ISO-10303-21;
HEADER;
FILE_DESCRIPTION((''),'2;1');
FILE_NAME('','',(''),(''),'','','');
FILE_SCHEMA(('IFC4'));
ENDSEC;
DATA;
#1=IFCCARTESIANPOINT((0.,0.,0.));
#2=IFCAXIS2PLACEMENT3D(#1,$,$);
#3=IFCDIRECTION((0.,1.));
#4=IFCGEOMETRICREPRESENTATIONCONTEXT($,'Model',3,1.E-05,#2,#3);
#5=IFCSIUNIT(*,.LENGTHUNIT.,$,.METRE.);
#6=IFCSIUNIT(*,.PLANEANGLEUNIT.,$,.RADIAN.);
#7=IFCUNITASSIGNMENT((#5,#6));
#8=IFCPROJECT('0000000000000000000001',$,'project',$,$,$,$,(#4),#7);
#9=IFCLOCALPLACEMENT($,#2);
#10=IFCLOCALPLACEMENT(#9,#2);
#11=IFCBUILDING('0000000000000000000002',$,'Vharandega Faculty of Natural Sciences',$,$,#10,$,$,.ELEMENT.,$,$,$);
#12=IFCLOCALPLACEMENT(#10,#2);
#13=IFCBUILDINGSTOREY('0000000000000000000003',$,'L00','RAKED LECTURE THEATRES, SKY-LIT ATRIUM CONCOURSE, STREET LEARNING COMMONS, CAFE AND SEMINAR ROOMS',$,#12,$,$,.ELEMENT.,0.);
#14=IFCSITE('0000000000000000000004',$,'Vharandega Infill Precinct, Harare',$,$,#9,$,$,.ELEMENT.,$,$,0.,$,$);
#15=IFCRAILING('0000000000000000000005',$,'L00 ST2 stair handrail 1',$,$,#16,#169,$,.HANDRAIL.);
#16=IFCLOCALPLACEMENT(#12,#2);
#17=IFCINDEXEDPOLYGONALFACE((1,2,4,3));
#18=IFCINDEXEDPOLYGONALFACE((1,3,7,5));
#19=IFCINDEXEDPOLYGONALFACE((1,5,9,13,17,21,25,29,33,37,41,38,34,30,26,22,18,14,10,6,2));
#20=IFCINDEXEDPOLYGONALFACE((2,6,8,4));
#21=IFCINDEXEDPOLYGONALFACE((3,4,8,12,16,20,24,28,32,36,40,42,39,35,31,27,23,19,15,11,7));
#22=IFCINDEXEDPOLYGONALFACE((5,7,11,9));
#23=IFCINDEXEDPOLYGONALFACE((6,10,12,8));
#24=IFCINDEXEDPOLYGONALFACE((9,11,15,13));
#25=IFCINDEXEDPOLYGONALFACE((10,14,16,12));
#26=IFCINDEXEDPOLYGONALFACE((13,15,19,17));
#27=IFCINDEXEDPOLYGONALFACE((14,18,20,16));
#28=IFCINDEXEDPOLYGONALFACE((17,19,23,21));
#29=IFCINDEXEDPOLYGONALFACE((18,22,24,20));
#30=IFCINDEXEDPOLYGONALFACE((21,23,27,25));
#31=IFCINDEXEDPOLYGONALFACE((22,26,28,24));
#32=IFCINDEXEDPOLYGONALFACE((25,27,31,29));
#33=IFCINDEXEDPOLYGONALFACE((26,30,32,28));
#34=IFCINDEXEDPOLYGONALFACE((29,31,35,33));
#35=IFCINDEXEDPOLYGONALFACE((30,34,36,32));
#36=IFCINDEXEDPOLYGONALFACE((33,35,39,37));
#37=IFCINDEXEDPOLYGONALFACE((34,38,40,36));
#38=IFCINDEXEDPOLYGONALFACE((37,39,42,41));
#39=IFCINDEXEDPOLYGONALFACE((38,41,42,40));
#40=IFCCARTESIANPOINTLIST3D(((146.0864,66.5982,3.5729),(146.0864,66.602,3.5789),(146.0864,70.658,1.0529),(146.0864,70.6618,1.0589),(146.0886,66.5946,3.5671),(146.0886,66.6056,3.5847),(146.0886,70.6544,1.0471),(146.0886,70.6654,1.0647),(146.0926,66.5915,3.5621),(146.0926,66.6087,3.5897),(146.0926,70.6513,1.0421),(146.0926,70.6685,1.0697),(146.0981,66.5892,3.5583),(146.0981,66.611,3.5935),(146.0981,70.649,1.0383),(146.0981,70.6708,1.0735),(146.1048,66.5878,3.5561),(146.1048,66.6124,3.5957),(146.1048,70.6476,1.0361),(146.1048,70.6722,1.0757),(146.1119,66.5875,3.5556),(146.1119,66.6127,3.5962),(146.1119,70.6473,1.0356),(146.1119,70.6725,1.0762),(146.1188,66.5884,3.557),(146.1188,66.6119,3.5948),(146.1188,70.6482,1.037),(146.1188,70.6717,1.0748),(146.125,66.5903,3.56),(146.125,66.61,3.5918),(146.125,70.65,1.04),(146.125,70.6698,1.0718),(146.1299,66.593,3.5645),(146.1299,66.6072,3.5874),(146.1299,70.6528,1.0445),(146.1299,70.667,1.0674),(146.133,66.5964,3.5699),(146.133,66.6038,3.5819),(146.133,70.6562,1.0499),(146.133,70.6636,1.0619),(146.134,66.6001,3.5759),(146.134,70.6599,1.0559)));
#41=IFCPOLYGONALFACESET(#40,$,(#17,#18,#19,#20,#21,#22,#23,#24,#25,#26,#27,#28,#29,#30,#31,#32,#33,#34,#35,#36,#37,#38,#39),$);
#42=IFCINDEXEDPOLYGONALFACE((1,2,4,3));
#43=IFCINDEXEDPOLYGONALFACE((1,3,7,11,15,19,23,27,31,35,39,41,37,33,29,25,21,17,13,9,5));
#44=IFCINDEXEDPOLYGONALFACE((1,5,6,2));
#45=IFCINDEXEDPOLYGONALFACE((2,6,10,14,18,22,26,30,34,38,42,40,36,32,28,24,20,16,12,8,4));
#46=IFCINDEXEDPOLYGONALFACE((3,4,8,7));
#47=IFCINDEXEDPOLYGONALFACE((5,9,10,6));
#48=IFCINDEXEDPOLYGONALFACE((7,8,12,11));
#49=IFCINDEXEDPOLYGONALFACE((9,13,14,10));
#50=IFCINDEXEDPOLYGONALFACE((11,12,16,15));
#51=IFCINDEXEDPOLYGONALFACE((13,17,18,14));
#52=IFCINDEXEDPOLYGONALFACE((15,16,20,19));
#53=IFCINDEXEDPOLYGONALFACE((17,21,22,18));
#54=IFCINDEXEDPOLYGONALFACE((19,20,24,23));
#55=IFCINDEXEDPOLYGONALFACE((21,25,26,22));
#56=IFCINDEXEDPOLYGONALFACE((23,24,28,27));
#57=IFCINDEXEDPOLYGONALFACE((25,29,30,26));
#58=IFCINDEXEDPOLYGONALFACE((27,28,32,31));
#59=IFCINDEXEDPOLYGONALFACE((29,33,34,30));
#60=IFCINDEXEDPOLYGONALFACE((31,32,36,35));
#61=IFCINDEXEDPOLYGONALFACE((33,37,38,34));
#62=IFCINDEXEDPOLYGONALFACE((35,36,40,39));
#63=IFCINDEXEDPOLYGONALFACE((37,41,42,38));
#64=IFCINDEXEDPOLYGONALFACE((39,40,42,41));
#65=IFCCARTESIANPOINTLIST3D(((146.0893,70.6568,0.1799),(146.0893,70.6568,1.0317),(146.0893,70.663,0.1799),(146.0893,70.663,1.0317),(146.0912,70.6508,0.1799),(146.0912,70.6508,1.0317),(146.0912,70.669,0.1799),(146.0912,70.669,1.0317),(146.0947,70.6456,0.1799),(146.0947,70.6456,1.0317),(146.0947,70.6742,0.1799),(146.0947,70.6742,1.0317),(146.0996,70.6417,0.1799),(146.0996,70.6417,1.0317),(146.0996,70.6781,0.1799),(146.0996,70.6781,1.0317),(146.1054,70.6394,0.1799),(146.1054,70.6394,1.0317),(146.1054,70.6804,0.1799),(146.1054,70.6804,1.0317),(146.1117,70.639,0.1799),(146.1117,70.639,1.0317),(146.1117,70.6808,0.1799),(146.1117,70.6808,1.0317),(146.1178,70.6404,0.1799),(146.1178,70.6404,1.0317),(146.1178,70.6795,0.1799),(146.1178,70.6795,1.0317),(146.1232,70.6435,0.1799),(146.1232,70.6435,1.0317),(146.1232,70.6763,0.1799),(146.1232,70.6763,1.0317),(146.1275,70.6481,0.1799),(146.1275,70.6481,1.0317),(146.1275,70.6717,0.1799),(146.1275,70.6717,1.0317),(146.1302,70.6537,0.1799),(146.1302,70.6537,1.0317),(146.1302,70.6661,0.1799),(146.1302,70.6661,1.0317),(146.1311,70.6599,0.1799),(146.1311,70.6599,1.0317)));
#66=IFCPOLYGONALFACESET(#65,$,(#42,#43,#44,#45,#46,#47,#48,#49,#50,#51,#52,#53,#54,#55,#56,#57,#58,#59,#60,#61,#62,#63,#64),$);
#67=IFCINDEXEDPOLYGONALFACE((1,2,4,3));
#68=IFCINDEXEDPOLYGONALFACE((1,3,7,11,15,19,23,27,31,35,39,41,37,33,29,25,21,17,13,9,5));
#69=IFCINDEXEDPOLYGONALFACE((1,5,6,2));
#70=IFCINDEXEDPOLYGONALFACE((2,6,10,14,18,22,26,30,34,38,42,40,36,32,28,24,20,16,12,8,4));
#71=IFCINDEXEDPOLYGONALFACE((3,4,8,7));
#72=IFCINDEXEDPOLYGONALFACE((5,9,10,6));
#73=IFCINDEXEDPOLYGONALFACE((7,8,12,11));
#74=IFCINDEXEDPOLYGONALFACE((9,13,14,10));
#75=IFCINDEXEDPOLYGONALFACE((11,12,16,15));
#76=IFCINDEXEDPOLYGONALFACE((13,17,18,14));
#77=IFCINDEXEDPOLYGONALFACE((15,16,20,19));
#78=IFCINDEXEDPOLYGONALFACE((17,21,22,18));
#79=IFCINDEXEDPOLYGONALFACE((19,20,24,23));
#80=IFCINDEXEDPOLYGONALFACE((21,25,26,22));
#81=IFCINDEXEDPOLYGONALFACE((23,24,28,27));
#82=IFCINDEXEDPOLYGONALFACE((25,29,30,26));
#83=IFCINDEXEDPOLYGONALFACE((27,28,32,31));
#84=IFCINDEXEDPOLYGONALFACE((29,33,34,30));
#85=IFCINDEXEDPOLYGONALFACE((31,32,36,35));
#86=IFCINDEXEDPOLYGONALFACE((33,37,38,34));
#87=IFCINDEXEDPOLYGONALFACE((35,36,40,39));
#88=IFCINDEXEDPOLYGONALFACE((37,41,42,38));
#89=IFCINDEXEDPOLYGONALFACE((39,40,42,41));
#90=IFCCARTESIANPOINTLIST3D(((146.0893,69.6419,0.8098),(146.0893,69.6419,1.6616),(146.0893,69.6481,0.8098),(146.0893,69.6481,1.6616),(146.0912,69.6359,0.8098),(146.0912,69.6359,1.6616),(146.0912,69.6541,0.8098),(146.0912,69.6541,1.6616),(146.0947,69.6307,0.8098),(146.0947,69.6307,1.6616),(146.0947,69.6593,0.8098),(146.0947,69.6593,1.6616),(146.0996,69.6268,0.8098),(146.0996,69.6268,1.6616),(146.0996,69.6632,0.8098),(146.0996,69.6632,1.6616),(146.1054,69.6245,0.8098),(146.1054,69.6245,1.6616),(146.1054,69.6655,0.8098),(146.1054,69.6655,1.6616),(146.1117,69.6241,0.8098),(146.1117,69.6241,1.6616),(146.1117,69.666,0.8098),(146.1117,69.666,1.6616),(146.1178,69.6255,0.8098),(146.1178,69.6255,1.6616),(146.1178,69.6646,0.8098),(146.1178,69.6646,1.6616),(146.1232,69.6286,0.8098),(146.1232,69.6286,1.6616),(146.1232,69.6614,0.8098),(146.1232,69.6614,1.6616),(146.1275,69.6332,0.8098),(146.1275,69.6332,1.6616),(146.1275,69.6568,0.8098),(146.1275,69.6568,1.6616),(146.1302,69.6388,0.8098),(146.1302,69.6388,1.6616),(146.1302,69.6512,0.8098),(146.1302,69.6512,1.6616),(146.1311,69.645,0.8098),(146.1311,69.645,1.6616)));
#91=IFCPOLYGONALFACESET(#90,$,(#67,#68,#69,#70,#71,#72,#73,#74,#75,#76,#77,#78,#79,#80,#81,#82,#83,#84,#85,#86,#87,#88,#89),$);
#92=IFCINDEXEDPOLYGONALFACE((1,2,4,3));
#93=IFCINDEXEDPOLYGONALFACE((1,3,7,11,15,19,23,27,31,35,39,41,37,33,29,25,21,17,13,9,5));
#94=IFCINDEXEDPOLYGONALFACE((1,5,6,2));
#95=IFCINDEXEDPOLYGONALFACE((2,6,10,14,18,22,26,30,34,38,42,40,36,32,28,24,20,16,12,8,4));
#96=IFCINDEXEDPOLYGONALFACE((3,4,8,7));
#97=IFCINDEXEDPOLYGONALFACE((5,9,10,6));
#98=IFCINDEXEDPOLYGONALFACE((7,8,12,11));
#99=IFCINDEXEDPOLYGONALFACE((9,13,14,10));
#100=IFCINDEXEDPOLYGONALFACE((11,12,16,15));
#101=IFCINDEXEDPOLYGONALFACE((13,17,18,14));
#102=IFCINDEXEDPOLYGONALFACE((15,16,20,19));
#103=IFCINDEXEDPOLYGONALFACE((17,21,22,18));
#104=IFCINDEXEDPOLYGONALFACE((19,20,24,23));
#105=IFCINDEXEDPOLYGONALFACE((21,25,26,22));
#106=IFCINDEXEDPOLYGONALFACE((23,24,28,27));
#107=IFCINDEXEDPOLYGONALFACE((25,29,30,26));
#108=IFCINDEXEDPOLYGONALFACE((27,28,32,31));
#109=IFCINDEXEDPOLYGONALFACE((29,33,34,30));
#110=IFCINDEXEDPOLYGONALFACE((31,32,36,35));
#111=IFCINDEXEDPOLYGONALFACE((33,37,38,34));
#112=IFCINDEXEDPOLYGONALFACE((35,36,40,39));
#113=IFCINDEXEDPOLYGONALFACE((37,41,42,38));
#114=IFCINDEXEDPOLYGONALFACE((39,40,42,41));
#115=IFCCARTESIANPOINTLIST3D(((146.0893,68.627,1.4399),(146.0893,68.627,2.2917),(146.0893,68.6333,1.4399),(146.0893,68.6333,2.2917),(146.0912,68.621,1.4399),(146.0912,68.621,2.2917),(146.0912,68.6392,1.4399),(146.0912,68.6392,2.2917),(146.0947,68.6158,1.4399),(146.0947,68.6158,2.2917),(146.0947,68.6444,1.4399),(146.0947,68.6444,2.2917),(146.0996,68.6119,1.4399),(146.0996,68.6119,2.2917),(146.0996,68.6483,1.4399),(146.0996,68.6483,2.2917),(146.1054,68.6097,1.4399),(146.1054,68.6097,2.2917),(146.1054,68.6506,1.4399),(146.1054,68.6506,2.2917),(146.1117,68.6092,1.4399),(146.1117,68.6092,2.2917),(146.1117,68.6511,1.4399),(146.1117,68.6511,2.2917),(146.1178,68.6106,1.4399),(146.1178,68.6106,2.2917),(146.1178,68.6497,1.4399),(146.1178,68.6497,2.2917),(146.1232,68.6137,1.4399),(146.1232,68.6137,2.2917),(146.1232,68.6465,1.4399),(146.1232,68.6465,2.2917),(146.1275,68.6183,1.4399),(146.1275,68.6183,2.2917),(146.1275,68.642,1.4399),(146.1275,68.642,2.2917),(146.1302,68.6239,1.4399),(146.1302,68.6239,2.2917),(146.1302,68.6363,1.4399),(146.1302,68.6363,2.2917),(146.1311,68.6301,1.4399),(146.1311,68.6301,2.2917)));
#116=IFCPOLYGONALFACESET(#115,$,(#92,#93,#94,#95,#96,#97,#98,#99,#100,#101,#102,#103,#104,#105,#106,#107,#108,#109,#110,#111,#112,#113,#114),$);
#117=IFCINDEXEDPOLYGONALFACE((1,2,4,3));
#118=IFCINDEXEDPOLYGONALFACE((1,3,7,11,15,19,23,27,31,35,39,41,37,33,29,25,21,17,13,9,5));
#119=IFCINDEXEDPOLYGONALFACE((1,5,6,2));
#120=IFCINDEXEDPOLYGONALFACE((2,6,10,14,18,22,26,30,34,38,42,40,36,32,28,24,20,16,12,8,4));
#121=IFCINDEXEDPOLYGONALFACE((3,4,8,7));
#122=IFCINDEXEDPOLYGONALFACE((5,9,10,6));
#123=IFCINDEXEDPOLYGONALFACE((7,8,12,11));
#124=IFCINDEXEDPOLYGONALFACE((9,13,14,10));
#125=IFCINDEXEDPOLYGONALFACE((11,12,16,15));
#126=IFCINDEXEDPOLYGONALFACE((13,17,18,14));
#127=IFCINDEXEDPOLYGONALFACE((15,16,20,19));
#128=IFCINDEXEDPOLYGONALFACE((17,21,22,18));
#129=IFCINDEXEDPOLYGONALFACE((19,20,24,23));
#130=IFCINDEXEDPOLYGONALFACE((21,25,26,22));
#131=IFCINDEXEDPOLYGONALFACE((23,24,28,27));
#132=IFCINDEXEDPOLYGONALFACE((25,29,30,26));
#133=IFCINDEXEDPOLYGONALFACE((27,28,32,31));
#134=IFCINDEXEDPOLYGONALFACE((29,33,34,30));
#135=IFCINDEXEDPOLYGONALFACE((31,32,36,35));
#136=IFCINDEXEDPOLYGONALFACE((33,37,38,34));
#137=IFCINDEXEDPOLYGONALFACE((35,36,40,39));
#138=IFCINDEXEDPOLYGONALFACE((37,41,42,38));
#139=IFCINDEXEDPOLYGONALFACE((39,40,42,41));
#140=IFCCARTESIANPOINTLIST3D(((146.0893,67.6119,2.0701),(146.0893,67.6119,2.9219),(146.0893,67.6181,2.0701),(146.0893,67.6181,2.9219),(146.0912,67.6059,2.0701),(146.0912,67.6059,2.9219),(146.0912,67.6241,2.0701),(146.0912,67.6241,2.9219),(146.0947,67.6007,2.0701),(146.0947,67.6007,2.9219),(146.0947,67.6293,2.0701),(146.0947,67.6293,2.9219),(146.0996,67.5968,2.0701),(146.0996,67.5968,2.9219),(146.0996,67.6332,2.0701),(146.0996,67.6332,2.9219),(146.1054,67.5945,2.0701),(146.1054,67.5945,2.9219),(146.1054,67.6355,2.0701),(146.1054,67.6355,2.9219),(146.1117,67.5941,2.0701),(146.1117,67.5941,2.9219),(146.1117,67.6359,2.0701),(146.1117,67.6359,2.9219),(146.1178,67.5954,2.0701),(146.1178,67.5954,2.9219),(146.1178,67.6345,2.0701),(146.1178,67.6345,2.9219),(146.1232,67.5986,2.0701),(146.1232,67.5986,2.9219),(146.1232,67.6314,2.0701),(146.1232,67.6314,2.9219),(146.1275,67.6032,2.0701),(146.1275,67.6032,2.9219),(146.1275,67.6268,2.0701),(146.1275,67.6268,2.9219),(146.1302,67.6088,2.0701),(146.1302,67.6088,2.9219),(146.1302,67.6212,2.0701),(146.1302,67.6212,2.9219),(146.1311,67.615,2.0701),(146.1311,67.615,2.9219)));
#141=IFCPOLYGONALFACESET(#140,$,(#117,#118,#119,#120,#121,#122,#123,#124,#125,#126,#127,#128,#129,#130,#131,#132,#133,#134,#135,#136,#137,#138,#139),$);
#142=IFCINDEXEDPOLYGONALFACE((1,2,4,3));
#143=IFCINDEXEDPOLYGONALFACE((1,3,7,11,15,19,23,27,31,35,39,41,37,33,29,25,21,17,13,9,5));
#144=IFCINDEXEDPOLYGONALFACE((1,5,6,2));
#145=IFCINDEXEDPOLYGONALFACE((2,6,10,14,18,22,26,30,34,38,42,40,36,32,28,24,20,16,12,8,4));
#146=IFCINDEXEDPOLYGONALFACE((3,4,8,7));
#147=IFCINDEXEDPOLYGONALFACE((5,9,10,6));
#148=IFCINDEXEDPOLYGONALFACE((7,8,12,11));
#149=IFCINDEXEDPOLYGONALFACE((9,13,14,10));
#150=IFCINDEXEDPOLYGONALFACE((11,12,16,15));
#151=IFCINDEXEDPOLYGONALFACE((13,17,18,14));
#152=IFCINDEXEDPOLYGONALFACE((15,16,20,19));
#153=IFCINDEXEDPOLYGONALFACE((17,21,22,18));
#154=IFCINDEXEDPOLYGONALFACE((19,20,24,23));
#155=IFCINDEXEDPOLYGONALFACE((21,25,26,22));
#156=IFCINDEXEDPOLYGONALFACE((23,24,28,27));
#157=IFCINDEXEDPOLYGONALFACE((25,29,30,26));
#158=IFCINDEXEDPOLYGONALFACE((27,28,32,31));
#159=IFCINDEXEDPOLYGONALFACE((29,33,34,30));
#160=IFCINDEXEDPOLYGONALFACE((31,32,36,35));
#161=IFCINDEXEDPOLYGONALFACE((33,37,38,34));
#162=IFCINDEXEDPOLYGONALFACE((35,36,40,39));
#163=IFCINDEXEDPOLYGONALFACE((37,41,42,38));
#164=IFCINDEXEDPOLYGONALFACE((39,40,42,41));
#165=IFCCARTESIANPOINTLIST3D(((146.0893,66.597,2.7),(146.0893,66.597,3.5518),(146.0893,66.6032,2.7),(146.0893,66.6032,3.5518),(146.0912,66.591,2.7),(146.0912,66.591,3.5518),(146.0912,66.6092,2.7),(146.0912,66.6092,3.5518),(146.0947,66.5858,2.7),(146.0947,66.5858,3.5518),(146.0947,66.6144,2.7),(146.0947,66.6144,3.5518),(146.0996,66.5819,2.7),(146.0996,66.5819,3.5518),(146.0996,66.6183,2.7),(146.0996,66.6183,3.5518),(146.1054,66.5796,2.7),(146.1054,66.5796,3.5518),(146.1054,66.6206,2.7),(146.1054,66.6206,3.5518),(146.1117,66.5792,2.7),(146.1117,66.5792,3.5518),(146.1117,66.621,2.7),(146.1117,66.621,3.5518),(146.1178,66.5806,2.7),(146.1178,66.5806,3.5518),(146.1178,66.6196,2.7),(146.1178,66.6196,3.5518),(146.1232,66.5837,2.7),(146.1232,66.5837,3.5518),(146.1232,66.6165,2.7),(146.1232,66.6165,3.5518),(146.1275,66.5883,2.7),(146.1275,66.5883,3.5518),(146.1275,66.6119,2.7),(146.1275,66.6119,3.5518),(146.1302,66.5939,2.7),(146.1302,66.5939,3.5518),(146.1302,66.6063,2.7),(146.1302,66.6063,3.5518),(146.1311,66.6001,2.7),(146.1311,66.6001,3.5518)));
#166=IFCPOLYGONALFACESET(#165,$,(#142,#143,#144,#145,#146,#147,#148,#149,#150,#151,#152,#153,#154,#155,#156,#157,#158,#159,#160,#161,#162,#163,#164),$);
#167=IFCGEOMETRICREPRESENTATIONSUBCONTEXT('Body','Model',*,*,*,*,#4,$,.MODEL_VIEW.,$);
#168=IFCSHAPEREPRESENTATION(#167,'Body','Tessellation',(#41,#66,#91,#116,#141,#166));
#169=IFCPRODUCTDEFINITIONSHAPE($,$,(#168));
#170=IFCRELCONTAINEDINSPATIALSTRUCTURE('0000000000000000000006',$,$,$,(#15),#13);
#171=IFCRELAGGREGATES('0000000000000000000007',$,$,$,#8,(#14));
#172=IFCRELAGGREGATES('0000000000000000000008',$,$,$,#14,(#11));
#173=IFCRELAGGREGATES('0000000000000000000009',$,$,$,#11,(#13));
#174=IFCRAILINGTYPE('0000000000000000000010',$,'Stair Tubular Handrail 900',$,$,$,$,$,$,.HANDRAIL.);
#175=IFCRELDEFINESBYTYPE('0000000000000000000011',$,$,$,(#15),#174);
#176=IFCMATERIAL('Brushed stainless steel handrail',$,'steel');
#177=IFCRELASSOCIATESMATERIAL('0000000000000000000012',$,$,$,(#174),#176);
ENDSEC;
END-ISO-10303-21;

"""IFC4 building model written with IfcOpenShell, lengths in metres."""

from ifc_helpers import new_model, si_unit, direction, frame, origin, origin_2d, place, context, subcontext, project, spatial, circle, extrude, material, type_object, element, save


model = new_model("IFC4")

# Units and contexts
model_context = context("Model", 3, precision=1e-05, world=origin(), true_north=direction((0.0, 1.0)))
body_context = subcontext(model_context, "Body", "Model", "MODEL_VIEW")
ifc_project = project(units=[si_unit("LENGTHUNIT", "METRE"), si_unit("PLANEANGLEUNIT", "RADIAN")], contexts=[model_context])

# Site, building, storey
site_placement = place(None, origin())
site = spatial("IfcSite", under=ifc_project, at=site_placement, Name="Vharandega Infill Precinct, Harare", CompositionType="ELEMENT", RefElevation=0.0)
building_placement = place(site_placement, origin())
building = spatial("IfcBuilding", under=site, at=building_placement, Name="Vharandega Faculty of Natural Sciences", CompositionType="ELEMENT")
storey_placement = place(building_placement, origin())
storey = spatial("IfcBuildingStorey", under=building, at=storey_placement, Name="L00", Description="RAKED LECTURE THEATRES, SKY-LIT ATRIUM CONCOURSE, STREET LEARNING COMMONS, CAFE AND SEMINAR ROOMS", CompositionType="ELEMENT", Elevation=0.0)

# Railing
ifc_material_1 = material(Name="Brushed stainless steel handrail", Category="steel")
railing_type = type_object("IfcRailingType", Name="Stair Tubular Handrail 900", PredefinedType="HANDRAIL", material=ifc_material_1)
railing_placement = place(storey_placement, frame((146.1101, 70.6599, 0.1799)))
element("IfcRailing", 1, at=railing_placement, inside=storey, type_object=railing_type, Name="L00 ST2 stair handrail 1", PredefinedType="HANDRAIL", context=body_context, shape_type="SweptSolid", body=[
    extrude(circle(Radius=0.0239, at=origin_2d()), frame((0.0, 0.0, 0.876), z_axis=(0.0, -0.849628, 0.527383), x_axis=(1.0, 0.0, 0.0)), (0.0, 0.0, 1.0), 4.7783),
    extrude(circle(Radius=0.021, at=origin_2d()), origin(), (0.0, 0.0, 1.0), 0.8518),
    extrude(circle(Radius=0.021, at=origin_2d()), frame((0.0, -1.0149, 0.6299)), (0.0, 0.0, 1.0), 0.8518),
    extrude(circle(Radius=0.021, at=origin_2d()), frame((0.0, -2.0298, 1.26)), (0.0, 0.0, 1.0), 0.8518),
    extrude(circle(Radius=0.021, at=origin_2d()), frame((0.0, -3.0449, 1.8901)), (0.0, 0.0, 1.0), 0.8518),
    extrude(circle(Radius=0.021, at=origin_2d()), frame((0.0, -4.0598, 2.52)), (0.0, 0.0, 1.0), 0.8518),
])

save(model, "model.ifc")
